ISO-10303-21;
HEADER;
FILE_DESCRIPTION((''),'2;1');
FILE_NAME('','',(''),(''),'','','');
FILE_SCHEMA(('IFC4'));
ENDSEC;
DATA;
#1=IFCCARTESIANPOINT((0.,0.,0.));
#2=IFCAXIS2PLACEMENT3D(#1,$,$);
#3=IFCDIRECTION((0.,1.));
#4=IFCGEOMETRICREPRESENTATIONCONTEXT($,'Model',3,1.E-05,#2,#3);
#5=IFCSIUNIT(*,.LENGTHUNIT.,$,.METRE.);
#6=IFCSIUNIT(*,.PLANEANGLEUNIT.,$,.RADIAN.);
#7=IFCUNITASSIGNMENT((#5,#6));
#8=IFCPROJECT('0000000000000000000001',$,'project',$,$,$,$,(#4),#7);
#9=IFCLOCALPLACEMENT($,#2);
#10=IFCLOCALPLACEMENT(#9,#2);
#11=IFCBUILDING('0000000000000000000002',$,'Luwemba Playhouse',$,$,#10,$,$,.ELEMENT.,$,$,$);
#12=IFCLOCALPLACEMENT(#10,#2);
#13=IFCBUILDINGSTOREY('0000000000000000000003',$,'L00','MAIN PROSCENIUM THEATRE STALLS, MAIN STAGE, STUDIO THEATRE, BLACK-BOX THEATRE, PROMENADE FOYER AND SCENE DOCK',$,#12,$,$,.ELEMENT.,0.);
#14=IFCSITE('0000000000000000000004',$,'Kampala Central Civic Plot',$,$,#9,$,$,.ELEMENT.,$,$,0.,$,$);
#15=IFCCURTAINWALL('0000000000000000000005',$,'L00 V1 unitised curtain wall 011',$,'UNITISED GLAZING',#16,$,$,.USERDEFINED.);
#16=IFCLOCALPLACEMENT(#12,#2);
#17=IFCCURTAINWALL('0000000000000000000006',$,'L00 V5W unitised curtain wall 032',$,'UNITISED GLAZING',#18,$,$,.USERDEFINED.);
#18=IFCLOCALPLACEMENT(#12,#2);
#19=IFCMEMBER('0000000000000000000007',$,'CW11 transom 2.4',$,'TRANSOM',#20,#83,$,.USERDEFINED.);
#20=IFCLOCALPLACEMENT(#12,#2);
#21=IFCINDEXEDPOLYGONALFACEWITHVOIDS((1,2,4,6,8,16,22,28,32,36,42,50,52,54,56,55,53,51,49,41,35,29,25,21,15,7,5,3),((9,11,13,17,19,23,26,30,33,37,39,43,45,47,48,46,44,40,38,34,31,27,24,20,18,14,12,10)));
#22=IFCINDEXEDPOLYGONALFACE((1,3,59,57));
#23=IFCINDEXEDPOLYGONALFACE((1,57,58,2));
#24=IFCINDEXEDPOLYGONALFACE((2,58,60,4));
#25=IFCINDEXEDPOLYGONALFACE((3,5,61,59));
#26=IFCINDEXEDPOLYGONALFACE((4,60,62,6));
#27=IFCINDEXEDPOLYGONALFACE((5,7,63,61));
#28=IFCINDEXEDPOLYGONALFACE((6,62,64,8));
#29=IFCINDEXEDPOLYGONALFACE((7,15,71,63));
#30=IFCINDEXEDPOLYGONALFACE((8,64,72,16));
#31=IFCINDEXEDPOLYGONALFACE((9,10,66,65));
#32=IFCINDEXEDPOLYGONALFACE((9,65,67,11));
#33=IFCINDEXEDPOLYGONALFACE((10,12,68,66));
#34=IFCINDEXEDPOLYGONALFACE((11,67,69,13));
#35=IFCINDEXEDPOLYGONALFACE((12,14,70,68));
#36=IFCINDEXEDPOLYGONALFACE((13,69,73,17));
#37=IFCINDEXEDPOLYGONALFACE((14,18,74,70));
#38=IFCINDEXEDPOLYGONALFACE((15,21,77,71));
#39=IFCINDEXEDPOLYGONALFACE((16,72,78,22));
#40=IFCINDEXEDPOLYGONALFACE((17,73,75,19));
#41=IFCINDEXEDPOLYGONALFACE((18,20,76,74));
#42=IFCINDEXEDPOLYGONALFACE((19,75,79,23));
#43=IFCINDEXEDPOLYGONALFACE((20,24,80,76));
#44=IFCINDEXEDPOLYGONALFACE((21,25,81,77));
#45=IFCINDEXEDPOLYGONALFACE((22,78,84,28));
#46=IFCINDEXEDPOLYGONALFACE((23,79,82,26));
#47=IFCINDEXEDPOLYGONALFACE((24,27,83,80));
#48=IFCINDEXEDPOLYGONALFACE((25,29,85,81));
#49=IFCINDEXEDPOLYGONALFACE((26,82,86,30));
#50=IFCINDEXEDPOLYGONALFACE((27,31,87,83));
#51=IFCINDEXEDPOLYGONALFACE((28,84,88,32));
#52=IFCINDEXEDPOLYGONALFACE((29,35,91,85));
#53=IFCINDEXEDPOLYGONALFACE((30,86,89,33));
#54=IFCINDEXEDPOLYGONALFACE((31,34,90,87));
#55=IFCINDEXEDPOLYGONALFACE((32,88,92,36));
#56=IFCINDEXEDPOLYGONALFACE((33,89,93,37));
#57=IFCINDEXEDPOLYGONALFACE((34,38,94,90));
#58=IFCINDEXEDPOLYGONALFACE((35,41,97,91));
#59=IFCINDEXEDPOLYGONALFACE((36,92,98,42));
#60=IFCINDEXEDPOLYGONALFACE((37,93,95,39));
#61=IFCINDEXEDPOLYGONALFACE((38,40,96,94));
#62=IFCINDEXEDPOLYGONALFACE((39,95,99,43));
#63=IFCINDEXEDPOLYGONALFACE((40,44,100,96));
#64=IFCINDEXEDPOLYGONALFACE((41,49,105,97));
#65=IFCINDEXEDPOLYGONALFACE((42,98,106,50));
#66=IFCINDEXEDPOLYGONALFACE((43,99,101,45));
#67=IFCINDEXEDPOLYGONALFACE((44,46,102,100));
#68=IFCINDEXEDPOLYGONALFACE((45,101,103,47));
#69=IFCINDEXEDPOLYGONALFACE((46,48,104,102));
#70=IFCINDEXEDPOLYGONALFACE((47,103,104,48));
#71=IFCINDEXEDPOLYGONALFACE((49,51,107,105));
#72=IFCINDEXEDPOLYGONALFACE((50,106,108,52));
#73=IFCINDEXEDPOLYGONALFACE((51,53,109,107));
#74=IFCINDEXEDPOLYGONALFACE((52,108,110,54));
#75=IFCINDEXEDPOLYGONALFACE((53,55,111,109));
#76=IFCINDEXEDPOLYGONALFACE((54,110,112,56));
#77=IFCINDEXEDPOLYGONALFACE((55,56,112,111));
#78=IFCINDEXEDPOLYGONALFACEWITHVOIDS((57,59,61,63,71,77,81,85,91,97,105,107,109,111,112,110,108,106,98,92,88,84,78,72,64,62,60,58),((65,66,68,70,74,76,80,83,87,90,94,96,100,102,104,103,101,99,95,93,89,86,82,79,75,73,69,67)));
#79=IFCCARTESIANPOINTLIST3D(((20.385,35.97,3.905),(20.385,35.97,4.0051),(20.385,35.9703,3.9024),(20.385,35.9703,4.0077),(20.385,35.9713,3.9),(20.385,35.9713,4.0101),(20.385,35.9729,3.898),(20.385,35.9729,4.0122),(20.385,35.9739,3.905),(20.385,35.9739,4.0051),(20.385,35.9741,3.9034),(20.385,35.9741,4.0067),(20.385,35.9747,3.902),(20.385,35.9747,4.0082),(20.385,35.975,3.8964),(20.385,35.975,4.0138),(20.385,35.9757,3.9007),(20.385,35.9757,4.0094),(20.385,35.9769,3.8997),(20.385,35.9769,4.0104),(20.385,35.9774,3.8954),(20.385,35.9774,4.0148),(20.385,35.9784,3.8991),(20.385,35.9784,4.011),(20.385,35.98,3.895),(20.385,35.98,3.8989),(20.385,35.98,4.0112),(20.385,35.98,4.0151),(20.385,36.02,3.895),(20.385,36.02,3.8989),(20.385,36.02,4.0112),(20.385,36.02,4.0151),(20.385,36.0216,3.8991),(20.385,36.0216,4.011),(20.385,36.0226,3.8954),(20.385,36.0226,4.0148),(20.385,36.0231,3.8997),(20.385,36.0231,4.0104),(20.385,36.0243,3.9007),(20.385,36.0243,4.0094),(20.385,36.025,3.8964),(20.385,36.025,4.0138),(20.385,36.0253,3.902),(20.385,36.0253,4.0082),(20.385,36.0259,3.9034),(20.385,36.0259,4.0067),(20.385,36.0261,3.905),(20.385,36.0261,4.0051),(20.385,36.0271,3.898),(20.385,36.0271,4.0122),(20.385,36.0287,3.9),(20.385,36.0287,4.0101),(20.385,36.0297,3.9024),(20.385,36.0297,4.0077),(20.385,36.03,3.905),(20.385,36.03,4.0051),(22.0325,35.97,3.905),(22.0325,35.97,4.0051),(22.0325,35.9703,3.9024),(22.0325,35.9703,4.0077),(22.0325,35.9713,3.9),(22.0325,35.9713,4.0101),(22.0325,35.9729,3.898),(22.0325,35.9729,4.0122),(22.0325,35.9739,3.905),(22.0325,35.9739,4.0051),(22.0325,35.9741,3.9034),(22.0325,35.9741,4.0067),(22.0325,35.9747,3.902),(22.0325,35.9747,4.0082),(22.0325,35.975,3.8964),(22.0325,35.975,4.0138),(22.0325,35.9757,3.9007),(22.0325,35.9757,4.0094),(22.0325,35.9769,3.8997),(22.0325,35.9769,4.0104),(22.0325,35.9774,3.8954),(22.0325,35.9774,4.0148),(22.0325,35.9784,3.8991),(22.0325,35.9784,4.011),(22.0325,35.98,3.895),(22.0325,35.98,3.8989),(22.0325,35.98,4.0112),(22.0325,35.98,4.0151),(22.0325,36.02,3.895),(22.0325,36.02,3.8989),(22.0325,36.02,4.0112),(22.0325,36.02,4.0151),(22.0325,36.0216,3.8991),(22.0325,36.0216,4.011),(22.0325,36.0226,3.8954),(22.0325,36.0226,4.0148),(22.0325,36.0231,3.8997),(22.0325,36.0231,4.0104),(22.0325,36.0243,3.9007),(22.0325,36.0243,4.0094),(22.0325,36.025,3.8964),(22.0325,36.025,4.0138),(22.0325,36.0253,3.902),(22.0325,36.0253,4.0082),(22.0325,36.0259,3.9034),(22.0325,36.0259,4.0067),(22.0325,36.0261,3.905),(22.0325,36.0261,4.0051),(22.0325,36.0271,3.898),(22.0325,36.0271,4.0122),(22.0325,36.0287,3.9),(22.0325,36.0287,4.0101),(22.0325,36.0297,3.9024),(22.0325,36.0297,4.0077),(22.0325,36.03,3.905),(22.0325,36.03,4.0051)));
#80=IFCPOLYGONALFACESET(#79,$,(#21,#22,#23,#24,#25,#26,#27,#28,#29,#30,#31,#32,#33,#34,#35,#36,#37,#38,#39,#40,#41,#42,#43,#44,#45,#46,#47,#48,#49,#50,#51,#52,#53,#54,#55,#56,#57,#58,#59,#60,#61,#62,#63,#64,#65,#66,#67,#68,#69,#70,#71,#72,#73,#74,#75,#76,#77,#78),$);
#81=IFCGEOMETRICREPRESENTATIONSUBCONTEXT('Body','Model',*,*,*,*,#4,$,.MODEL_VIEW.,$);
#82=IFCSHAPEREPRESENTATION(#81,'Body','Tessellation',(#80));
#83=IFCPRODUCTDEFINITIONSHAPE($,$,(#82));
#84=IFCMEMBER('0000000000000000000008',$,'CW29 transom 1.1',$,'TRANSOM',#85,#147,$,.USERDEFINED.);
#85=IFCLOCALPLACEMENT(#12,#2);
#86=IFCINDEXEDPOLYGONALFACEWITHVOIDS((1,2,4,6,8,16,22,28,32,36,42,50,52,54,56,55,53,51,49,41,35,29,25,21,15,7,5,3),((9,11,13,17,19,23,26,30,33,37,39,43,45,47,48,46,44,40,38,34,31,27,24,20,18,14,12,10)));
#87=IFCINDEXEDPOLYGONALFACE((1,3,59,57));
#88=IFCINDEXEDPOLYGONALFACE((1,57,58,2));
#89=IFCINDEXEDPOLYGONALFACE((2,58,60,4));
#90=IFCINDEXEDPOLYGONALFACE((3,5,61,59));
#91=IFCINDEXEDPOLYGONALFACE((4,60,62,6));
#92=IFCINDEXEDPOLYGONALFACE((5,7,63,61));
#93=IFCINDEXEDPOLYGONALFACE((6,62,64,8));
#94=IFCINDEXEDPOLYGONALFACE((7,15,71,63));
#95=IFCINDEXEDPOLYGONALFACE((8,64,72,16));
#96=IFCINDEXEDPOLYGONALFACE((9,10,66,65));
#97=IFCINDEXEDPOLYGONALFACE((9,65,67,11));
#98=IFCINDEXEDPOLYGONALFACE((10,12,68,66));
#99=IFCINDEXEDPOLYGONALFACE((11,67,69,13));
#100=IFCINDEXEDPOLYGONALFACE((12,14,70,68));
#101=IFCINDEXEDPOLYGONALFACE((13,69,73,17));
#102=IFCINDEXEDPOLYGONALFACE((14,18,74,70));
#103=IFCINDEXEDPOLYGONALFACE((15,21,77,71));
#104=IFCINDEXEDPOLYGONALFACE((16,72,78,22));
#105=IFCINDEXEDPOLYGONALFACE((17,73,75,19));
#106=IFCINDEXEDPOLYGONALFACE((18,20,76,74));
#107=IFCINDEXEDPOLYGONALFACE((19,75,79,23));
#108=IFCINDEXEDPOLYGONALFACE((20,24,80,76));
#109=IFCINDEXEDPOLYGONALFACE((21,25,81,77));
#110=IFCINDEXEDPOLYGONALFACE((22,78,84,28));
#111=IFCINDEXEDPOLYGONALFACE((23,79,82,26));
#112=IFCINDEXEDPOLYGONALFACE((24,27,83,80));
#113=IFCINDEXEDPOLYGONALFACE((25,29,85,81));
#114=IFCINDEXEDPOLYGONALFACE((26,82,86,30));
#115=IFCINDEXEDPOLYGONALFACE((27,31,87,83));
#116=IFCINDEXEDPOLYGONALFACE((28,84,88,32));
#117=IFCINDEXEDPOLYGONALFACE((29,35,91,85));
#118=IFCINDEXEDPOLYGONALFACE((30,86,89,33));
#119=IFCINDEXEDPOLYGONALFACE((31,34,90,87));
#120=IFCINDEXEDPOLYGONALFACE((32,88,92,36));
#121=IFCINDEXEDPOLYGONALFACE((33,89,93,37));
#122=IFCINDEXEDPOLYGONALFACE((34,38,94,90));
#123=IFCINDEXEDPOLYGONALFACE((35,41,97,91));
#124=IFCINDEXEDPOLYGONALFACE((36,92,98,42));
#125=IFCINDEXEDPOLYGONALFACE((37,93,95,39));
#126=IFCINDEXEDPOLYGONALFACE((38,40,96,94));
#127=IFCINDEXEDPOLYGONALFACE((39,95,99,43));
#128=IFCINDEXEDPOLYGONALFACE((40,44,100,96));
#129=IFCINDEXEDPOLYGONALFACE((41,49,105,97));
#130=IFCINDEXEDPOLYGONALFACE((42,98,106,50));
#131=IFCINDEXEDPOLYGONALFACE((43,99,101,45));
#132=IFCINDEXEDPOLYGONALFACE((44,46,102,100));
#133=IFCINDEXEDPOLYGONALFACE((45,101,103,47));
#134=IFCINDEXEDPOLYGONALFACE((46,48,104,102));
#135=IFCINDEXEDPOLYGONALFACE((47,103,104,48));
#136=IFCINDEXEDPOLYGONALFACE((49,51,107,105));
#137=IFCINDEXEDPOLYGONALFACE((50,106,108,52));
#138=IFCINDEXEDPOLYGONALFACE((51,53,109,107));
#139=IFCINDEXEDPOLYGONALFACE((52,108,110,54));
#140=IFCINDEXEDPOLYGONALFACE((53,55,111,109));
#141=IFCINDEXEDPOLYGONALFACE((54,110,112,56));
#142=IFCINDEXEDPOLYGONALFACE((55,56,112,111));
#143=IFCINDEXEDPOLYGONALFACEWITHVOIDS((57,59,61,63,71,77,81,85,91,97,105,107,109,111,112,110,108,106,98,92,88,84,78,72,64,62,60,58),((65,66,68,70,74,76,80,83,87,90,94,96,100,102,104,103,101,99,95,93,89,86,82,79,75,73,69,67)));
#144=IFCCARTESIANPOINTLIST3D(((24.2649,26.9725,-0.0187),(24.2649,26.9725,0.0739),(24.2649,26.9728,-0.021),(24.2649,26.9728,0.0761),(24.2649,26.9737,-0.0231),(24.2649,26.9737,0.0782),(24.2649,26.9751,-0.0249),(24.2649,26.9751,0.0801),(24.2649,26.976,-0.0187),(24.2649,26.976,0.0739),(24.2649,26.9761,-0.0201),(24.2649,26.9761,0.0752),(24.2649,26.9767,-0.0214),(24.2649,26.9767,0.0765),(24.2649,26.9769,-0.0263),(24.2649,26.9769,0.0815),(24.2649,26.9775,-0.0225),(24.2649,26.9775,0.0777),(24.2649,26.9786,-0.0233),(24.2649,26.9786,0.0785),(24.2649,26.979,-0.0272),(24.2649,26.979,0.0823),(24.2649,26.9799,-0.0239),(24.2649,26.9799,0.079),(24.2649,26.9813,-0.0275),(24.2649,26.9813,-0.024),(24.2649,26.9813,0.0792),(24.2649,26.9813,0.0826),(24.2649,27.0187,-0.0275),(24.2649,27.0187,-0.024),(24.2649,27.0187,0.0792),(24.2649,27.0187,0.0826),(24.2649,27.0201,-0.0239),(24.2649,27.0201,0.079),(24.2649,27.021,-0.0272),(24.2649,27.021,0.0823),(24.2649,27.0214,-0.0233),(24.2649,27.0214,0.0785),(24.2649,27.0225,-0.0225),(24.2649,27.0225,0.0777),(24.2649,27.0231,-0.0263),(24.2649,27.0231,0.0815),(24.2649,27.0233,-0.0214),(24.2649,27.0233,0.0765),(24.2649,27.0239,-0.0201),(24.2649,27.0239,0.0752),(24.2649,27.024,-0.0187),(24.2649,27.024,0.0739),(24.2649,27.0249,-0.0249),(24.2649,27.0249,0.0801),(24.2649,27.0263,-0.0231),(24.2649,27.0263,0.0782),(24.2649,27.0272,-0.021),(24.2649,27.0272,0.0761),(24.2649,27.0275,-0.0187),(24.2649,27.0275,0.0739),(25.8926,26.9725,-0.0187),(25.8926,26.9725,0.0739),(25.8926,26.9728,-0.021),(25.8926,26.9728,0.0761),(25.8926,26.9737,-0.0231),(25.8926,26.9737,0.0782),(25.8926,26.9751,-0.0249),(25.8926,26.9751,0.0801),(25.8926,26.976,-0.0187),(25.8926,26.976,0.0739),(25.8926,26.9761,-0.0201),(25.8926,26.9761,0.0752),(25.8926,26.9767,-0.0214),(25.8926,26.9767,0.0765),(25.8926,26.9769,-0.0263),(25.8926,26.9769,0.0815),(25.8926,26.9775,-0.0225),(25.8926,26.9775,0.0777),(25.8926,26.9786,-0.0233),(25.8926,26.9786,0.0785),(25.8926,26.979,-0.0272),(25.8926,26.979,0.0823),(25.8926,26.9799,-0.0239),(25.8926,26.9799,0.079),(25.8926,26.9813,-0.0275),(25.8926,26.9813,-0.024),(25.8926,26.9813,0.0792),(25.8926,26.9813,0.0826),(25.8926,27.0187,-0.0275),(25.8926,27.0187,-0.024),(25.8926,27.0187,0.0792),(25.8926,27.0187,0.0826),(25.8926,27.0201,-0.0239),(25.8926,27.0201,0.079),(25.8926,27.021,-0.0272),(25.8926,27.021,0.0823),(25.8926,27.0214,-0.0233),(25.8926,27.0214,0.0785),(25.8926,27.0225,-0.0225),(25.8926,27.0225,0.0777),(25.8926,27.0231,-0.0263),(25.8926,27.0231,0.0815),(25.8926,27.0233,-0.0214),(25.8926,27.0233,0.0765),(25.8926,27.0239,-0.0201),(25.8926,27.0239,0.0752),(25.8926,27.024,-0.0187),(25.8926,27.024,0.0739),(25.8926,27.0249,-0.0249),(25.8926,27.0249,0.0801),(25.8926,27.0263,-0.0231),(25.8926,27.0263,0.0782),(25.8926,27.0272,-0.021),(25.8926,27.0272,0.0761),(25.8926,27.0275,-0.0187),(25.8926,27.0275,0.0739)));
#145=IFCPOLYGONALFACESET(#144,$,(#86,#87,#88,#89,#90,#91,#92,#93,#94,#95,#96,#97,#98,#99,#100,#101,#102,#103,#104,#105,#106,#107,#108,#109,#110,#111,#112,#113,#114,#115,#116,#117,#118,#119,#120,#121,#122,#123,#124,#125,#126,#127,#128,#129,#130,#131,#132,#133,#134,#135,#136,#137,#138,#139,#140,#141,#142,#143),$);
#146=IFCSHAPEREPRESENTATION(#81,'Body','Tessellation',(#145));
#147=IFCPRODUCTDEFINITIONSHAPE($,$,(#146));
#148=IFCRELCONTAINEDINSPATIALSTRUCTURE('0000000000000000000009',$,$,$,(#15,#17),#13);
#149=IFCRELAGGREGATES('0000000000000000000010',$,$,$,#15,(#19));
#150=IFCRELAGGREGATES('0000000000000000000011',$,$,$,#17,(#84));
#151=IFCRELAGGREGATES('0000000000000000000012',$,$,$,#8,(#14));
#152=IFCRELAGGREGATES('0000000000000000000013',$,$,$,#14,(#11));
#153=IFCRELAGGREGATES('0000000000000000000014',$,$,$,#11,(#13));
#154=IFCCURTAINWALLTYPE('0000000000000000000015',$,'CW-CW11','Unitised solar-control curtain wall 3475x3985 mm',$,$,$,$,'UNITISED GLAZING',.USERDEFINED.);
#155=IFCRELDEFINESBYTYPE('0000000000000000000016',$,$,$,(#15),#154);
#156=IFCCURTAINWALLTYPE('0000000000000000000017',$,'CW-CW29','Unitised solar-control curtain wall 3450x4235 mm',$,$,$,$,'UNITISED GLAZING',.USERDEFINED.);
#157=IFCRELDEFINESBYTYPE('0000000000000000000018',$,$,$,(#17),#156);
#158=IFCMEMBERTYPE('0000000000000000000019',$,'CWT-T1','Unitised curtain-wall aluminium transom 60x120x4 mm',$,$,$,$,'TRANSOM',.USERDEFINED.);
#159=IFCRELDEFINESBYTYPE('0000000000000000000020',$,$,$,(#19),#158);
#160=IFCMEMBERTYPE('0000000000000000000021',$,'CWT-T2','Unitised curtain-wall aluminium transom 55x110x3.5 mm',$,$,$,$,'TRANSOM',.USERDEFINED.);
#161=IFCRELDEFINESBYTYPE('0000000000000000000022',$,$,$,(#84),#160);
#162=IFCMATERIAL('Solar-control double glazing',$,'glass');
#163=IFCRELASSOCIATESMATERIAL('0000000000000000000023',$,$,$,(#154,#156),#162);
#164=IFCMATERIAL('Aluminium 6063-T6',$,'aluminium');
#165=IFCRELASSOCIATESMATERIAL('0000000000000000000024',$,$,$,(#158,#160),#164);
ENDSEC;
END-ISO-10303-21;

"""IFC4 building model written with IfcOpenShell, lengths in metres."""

from ifc_helpers import new_model, si_unit, direction, frame, origin, origin_2d, place, context, subcontext, project, spatial, hollow_rectangle, extrude, material, material_profile, profile_set, type_object, element, aggregate, save


model = new_model("IFC4")

# Units and contexts
model_context = context("Model", 3, precision=1e-05, world=origin(), true_north=direction((0.0, 1.0)))
body_context = subcontext(model_context, "Body", "Model", "MODEL_VIEW")
ifc_project = project(units=[si_unit("LENGTHUNIT", "METRE"), si_unit("PLANEANGLEUNIT", "RADIAN")], contexts=[model_context])

# Site, building, storey
site_placement = place(None, origin())
site = spatial("IfcSite", under=ifc_project, at=site_placement, Name="Kampala Central Civic Plot", CompositionType="ELEMENT", RefElevation=0.0)
building_placement = place(site_placement, origin())
building = spatial("IfcBuilding", under=site, at=building_placement, Name="Luwemba Playhouse", CompositionType="ELEMENT")
storey_placement = place(building_placement, origin())
storey = spatial("IfcBuildingStorey", under=building, at=storey_placement, Name="L00", Description="MAIN PROSCENIUM THEATRE STALLS, MAIN STAGE, STUDIO THEATRE, BLACK-BOX THEATRE, PROMENADE FOYER AND SCENE DOCK", CompositionType="ELEMENT", Elevation=0.0)

# Curtain wall
ifc_material_1 = material(Name="Solar-control double glazing", Category="glass")
curtain_wall_type_1 = type_object("IfcCurtainWallType", Name="CW-CW11", Description="Unitised solar-control curtain wall 3475x3985 mm", ElementType="UNITISED GLAZING", PredefinedType="USERDEFINED", material=ifc_material_1)
curtain_wall_1_placement = place(storey_placement, origin())
curtain_wall_1 = element("IfcCurtainWall", 1, at=curtain_wall_1_placement, inside=storey, type_object=curtain_wall_type_1, Name="L00 V1 unitised curtain wall 011", ObjectType="UNITISED GLAZING", PredefinedType="USERDEFINED")
ifc_material_2 = material(Name="Aluminium 6063-T6", Category="aluminium")

# Curtain wall
curtain_wall_type_2 = type_object("IfcCurtainWallType", Name="CW-CW29", Description="Unitised solar-control curtain wall 3450x4235 mm", ElementType="UNITISED GLAZING", PredefinedType="USERDEFINED", material=ifc_material_1)
curtain_wall_2_placement = place(storey_placement, origin())
curtain_wall_2 = element("IfcCurtainWall", 2, at=curtain_wall_2_placement, inside=storey, type_object=curtain_wall_type_2, Name="L00 V5W unitised curtain wall 032", ObjectType="UNITISED GLAZING", PredefinedType="USERDEFINED")

# Members
ifc_material_profile_1 = material_profile(ifc_material_2, hollow_rectangle(XDim=0.0601, YDim=0.1201, WallThickness=0.0039, InnerFilletRadius=0.0061, OuterFilletRadius=0.01, at=origin_2d()))
ifc_profile_set_1 = profile_set([ifc_material_profile_1], Name="Aluminium 6063-T6")
member_type_1 = type_object("IfcMemberType", Name="CWT-T1", Description="Unitised curtain-wall aluminium transom 60x120x4 mm", ElementType="TRANSOM", PredefinedType="USERDEFINED", material=ifc_profile_set_1)
member_1_placement = place(storey_placement, frame((22.0325, 36.0, 3.9551), z_axis=(-1.0, 0.0, 0.0), x_axis=(0.0, -1.0, 0.0)))
member_1 = element("IfcMember", 3, at=member_1_placement, type_object=member_type_1, Name="CW11 transom 2.4", ObjectType="TRANSOM", PredefinedType="USERDEFINED", context=body_context, shape_type="SweptSolid", body=[
    extrude(hollow_rectangle(XDim=0.0601, YDim=0.1201, WallThickness=0.0039, InnerFilletRadius=0.0061, OuterFilletRadius=0.01, at=origin_2d()), origin(), (0.0, 0.0, 1.0), 1.6475),
])
ifc_material_profile_2 = material_profile(ifc_material_2, hollow_rectangle(XDim=0.0549, YDim=0.1101, WallThickness=0.0034, InnerFilletRadius=0.0054, OuterFilletRadius=0.0088, at=origin_2d()))
ifc_profile_set_2 = profile_set([ifc_material_profile_2], Name="Aluminium 6063-T6")
member_type_2 = type_object("IfcMemberType", Name="CWT-T2", Description="Unitised curtain-wall aluminium transom 55x110x3.5 mm", ElementType="TRANSOM", PredefinedType="USERDEFINED", material=ifc_profile_set_2)
member_2_placement = place(storey_placement, frame((24.2649, 27.0, 0.0276), z_axis=(1.0, 0.0, 0.0), x_axis=(0.0, 1.0, 0.0)))
member_2 = element("IfcMember", 4, at=member_2_placement, type_object=member_type_2, Name="CW29 transom 1.1", ObjectType="TRANSOM", PredefinedType="USERDEFINED", context=body_context, shape_type="SweptSolid", body=[
    extrude(hollow_rectangle(XDim=0.0549, YDim=0.1101, WallThickness=0.0034, InnerFilletRadius=0.0054, OuterFilletRadius=0.0088, at=origin_2d()), origin(), (0.0, 0.0, 1.0), 1.6277),
])

aggregate(curtain_wall_1, [member_1])
aggregate(curtain_wall_2, [member_2])

save(model, "model.ifc")
